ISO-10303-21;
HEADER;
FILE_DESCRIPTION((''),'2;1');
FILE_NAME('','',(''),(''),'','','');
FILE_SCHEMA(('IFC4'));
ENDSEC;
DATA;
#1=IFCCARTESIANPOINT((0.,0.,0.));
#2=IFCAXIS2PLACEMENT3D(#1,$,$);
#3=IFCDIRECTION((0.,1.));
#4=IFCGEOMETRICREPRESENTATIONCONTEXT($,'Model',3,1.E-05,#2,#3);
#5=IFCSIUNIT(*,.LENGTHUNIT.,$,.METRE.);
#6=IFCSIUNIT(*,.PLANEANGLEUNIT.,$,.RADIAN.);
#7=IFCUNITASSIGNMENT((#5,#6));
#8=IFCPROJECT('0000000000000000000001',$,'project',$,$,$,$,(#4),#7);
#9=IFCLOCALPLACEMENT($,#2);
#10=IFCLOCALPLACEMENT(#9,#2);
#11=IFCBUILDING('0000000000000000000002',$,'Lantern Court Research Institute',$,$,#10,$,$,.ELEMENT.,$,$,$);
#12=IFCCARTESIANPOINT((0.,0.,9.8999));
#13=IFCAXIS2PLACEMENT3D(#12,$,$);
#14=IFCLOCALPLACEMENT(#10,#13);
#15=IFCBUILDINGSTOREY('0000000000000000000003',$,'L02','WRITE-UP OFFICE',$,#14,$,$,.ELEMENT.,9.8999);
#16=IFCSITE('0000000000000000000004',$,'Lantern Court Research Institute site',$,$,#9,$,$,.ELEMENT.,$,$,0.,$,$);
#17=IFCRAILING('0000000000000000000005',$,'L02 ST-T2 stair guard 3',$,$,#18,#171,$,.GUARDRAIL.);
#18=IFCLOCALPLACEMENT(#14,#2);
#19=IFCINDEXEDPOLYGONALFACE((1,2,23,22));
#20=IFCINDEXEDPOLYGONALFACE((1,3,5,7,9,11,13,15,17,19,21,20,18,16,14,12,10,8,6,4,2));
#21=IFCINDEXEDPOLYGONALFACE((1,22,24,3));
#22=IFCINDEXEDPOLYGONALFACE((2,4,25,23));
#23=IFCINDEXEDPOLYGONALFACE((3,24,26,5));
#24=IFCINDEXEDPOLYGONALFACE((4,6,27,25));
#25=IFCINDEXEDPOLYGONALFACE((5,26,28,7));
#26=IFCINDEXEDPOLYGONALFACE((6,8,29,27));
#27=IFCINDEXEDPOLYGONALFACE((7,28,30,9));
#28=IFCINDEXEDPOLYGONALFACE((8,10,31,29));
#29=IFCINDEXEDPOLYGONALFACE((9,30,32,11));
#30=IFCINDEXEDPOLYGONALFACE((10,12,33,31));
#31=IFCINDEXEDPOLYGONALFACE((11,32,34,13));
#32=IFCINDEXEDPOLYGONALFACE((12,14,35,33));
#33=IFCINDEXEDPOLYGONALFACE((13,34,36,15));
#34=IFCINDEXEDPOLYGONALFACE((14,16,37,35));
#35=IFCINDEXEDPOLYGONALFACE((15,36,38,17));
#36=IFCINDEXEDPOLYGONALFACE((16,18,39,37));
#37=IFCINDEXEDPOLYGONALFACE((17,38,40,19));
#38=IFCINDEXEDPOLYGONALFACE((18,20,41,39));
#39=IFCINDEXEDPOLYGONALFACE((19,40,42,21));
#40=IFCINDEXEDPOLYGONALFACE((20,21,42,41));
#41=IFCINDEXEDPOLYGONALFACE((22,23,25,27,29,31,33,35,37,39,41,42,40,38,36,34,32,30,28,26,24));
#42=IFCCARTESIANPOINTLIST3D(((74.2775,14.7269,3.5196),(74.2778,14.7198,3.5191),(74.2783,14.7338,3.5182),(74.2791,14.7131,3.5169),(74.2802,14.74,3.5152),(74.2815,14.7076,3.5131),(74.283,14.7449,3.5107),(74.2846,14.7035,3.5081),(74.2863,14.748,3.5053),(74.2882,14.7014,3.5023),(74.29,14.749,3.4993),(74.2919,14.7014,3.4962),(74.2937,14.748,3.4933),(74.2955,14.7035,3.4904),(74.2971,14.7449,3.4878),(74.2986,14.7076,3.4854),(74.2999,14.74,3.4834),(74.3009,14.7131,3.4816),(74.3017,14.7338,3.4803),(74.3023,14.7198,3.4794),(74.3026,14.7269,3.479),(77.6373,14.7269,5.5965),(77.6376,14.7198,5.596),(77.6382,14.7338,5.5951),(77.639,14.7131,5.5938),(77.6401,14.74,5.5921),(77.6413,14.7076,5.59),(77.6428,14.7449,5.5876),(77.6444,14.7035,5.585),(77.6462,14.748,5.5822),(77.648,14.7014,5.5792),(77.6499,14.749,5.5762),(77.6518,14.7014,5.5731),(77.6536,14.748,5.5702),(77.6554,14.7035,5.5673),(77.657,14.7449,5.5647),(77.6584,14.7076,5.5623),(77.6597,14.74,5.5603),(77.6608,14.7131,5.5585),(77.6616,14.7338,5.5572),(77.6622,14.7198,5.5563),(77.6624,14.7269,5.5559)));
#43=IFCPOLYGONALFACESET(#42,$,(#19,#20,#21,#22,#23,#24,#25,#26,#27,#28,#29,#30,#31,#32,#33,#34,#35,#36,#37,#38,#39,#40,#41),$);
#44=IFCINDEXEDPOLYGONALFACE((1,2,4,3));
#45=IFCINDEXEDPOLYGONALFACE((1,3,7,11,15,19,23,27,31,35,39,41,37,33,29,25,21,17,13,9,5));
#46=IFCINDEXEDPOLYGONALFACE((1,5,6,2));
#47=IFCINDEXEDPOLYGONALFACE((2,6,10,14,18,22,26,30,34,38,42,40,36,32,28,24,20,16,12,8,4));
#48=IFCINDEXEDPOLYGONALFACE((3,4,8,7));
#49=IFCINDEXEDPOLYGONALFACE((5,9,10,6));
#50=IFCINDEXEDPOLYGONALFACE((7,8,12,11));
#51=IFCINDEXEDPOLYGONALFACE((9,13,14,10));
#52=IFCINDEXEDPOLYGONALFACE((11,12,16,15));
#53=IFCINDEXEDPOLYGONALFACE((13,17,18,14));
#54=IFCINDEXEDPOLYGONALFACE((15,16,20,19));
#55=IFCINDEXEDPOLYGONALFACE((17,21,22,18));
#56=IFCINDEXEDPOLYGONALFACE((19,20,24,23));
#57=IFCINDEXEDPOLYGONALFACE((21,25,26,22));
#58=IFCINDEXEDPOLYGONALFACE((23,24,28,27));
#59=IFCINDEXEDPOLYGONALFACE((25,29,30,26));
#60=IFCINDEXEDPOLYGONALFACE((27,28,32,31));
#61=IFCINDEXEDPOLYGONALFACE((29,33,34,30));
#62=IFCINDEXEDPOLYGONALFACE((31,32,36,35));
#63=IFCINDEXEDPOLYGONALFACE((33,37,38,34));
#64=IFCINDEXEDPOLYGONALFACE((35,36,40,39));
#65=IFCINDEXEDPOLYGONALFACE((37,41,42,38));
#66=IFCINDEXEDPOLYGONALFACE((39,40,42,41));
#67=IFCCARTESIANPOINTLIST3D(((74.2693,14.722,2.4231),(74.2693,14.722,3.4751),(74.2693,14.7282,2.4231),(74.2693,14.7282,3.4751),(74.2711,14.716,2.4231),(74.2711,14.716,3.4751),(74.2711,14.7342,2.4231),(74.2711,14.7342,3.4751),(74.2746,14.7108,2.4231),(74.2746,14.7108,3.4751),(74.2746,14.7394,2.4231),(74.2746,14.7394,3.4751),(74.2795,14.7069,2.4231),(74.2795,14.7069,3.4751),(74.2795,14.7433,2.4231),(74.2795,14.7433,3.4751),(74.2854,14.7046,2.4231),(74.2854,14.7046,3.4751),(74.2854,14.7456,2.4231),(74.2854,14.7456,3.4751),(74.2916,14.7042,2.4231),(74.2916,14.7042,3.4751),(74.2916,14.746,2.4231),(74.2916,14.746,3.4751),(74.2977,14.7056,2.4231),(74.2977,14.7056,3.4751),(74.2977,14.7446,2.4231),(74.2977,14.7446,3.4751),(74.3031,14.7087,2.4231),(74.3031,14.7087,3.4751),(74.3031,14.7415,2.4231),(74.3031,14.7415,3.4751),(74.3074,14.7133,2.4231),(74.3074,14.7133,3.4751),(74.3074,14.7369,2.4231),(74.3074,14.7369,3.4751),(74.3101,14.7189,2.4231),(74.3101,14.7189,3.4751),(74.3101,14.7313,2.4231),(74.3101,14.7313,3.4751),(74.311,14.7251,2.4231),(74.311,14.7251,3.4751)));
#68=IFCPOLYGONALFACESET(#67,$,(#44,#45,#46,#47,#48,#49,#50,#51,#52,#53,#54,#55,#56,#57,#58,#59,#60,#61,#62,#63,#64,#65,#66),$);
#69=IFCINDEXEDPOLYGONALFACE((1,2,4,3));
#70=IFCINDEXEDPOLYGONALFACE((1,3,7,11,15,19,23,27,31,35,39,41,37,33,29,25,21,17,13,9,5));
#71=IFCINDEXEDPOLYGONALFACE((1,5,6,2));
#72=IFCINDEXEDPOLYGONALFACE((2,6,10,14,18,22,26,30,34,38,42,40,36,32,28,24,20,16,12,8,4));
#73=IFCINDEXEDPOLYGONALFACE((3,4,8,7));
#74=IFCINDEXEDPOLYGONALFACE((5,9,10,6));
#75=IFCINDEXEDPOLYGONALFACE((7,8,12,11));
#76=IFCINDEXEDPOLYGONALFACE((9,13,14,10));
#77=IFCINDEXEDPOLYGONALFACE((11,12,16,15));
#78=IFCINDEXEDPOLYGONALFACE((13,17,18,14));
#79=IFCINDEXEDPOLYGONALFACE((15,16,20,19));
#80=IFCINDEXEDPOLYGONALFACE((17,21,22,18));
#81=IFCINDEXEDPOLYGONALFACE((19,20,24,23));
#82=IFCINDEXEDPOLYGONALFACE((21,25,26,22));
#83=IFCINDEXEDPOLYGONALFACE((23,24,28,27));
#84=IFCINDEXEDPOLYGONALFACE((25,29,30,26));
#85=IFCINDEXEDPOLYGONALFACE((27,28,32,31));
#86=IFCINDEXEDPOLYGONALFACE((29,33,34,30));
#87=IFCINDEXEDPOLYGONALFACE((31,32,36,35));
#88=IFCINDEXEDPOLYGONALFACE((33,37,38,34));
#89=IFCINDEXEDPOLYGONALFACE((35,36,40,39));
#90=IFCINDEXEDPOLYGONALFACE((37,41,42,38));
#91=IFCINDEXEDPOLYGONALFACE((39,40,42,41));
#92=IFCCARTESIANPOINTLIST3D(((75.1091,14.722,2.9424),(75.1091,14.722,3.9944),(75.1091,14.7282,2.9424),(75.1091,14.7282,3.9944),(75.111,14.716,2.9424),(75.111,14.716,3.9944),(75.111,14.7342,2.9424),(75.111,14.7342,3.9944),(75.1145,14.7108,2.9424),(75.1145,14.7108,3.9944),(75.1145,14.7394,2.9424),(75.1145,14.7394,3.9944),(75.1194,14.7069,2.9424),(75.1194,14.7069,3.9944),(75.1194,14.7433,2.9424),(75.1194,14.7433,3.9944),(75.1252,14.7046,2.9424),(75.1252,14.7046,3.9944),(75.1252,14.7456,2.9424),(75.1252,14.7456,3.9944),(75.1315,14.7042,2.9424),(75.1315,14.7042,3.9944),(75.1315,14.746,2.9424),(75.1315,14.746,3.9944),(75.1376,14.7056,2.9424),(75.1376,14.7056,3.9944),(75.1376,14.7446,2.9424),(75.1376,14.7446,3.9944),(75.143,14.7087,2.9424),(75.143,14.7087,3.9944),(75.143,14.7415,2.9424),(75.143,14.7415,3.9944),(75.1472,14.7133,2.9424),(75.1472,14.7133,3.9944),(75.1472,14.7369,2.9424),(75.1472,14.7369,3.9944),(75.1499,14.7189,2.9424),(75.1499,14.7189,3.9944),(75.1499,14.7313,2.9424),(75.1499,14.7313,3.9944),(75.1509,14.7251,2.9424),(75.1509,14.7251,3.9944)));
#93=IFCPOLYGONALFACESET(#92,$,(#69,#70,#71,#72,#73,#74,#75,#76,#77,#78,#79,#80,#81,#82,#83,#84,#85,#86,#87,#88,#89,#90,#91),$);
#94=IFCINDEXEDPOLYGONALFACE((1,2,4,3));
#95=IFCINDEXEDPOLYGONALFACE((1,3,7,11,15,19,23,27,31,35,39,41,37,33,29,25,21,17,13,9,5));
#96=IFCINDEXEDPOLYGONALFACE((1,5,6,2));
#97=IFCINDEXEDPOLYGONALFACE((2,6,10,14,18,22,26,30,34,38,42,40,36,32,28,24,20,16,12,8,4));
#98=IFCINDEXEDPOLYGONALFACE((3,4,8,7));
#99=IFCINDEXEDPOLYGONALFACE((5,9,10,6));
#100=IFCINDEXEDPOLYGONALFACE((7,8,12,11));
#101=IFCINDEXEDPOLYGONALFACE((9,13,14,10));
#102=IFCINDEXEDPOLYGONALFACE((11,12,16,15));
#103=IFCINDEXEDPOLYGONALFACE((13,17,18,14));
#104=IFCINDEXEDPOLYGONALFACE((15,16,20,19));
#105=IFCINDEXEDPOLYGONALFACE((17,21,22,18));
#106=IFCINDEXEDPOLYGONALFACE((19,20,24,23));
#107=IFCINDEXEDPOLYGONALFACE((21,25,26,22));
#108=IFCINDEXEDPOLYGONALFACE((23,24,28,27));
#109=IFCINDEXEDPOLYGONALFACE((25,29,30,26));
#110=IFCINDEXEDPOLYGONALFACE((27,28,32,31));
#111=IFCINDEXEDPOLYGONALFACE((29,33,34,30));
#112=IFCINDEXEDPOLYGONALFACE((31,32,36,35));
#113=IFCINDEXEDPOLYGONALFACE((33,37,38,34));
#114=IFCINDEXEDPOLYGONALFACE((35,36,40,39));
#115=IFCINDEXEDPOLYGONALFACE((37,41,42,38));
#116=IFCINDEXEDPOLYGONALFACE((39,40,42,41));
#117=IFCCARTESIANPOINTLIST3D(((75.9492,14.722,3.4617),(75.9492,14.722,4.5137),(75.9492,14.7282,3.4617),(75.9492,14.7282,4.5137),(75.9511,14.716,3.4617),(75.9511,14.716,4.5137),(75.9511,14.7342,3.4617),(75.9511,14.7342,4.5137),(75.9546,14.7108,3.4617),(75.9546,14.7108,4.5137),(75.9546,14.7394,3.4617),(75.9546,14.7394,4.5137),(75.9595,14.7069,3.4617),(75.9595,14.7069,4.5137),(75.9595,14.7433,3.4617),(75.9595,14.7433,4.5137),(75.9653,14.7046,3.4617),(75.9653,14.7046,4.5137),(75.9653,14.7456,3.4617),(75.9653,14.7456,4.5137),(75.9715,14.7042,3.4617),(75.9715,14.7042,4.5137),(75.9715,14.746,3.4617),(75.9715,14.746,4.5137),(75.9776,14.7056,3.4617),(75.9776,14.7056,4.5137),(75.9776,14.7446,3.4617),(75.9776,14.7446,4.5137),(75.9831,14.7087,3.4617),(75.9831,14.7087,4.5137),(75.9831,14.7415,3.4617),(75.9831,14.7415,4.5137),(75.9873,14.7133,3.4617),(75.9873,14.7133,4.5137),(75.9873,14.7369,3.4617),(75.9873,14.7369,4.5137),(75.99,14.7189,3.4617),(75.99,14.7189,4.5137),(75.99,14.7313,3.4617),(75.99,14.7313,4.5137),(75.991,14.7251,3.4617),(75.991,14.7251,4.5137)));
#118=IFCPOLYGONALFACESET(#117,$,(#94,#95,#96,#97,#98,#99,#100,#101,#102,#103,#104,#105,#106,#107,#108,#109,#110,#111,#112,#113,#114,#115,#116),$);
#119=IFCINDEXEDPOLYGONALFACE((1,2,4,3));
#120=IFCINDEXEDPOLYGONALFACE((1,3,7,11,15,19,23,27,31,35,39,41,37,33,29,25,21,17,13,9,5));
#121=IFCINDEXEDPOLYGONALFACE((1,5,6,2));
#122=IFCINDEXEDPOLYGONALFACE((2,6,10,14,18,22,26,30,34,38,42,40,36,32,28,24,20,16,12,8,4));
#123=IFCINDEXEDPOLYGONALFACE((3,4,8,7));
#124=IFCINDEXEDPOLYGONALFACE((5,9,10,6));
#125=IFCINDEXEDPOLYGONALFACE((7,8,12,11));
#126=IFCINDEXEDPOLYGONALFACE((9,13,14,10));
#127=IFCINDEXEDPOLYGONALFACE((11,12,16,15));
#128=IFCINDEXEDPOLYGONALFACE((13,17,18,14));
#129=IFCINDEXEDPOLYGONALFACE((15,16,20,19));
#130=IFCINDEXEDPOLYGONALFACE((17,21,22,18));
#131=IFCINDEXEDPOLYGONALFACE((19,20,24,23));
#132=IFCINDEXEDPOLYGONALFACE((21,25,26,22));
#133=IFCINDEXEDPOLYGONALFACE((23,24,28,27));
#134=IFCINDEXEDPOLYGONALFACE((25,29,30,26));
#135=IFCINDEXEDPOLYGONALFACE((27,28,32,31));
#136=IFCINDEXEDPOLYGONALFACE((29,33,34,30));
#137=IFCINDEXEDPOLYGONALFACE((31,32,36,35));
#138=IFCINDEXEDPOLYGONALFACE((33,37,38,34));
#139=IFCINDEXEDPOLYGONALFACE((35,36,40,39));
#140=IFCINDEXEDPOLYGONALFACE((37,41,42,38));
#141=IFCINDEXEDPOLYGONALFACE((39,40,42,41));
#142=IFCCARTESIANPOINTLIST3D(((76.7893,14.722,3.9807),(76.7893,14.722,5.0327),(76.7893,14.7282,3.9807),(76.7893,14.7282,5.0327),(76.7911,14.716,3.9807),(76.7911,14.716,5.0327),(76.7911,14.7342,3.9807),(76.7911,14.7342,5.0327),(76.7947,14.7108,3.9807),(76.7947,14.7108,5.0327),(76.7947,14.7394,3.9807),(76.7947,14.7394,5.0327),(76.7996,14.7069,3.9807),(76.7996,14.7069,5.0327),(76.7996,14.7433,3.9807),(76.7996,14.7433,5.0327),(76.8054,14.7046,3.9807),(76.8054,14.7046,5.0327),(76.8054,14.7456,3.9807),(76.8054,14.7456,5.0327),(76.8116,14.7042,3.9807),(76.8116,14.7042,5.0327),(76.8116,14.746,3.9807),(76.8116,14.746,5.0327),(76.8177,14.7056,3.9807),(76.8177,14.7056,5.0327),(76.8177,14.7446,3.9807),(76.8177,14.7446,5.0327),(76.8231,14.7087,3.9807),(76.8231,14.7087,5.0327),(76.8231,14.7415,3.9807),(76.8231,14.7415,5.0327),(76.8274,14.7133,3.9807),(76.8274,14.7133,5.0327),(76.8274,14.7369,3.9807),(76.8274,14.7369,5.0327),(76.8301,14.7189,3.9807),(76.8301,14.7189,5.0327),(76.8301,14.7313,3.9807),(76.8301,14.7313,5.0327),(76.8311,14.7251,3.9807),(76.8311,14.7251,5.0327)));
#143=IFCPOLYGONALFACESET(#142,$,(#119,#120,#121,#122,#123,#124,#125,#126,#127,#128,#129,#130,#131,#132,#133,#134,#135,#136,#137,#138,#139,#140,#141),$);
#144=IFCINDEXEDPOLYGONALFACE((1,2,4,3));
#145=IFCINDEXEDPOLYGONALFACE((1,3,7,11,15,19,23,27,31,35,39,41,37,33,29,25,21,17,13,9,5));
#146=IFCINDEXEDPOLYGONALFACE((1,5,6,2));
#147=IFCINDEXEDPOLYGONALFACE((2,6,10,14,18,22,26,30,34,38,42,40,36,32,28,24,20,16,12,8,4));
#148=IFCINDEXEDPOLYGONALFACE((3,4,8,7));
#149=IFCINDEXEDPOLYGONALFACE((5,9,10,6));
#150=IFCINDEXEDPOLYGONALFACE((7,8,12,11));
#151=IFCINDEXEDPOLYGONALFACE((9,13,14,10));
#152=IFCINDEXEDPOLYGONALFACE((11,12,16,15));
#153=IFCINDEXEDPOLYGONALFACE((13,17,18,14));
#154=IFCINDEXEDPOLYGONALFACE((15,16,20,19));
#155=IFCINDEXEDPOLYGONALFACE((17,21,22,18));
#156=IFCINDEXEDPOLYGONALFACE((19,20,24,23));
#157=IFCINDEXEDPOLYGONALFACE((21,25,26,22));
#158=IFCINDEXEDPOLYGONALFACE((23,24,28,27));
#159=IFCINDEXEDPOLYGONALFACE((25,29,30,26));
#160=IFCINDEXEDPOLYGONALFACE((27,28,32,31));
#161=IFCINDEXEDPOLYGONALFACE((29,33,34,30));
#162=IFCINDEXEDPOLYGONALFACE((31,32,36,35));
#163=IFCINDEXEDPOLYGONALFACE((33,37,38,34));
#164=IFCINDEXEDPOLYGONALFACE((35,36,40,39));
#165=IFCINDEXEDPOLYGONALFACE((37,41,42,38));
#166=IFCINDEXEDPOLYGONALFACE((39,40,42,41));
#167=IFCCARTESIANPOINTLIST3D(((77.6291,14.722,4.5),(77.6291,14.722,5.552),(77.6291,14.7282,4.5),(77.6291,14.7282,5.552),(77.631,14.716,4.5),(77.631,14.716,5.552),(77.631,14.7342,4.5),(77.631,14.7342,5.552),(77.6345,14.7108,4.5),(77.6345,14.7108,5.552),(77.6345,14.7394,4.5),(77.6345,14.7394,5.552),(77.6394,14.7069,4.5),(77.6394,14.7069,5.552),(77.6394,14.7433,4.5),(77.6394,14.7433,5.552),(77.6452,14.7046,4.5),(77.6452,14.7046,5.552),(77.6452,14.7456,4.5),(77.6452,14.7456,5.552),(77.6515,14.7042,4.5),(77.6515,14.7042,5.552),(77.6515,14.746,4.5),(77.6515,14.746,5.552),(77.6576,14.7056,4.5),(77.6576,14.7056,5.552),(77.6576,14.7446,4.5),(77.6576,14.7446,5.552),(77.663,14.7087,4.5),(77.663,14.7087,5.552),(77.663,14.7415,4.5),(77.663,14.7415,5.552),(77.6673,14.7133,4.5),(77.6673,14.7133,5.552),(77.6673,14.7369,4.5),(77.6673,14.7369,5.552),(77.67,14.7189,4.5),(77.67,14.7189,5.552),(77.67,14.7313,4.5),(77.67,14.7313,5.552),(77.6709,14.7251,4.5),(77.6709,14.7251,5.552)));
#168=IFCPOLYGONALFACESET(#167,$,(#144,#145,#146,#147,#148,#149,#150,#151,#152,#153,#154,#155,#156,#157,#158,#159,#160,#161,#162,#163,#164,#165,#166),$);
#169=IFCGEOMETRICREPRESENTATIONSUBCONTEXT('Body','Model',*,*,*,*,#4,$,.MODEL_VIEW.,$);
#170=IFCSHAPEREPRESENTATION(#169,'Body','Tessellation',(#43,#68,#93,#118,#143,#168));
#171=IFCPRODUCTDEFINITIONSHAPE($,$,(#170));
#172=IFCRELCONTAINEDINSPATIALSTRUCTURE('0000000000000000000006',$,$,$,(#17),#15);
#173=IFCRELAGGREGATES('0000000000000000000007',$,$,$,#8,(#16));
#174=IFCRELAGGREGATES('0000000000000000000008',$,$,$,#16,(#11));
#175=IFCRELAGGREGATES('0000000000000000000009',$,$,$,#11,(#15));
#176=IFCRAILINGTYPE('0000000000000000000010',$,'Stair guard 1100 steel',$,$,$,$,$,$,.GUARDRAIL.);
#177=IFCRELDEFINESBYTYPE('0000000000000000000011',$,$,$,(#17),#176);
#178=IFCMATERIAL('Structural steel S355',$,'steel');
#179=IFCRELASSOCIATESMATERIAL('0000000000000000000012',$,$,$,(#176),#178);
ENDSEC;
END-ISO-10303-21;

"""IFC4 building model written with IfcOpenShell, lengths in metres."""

from ifc_helpers import new_model, si_unit, direction, frame, origin, origin_2d, place, context, subcontext, project, spatial, circle, extrude, material, type_object, element, save


model = new_model("IFC4")

# Units and contexts
model_context = context("Model", 3, precision=1e-05, world=origin(), true_north=direction((0.0, 1.0)))
body_context = subcontext(model_context, "Body", "Model", "MODEL_VIEW")
ifc_project = project(units=[si_unit("LENGTHUNIT", "METRE"), si_unit("PLANEANGLEUNIT", "RADIAN")], contexts=[model_context])

# Site, building, storey
site_placement = place(None, origin())
site = spatial("IfcSite", under=ifc_project, at=site_placement, Name="Lantern Court Research Institute site", CompositionType="ELEMENT", RefElevation=0.0)
building_placement = place(site_placement, origin())
building = spatial("IfcBuilding", under=site, at=building_placement, Name="Lantern Court Research Institute", CompositionType="ELEMENT")
storey_placement = place(building_placement, frame((0.0, 0.0, 9.8999)))
storey = spatial("IfcBuildingStorey", under=building, at=storey_placement, Name="L02", Description="WRITE-UP OFFICE", CompositionType="ELEMENT", Elevation=9.8999)

# Railing
ifc_material_1 = material(Name="Structural steel S355", Category="steel")
railing_type_1 = type_object("IfcRailingType", Name="Stair guard 1100 steel", PredefinedType="GUARDRAIL", material=ifc_material_1)
railing_1_placement = place(storey_placement, frame((74.29, 14.7251, 2.4231)))
element("IfcRailing", 1, at=railing_1_placement, inside=storey, type_object=railing_type_1, Name="L02 ST-T2 stair guard 3", PredefinedType="GUARDRAIL", context=body_context, shape_type="SweptSolid", body=[
    extrude(circle(Radius=0.0239, at=origin_2d()), frame((0.0, 0.0, 1.0762), z_axis=(0.850606, 0.0, 0.525803), x_axis=(0.0, 1.0, 0.0)), (0.0, 0.0, 1.0), 3.95),
    extrude(circle(Radius=0.021, at=origin_2d()), origin(), (0.0, 0.0, 1.0), 1.052),
    extrude(circle(Radius=0.021, at=origin_2d()), frame((0.8398, 0.0, 0.5193)), (0.0, 0.0, 1.0), 1.052),
    extrude(circle(Radius=0.021, at=origin_2d()), frame((1.6799, 0.0, 1.0386)), (0.0, 0.0, 1.0), 1.052),
    extrude(circle(Radius=0.021, at=origin_2d()), frame((2.52, 0.0, 1.5576)), (0.0, 0.0, 1.0), 1.052),
    extrude(circle(Radius=0.021, at=origin_2d()), frame((3.3599, 0.0, 2.0769)), (0.0, 0.0, 1.0), 1.052),
])

save(model, "model.ifc")
